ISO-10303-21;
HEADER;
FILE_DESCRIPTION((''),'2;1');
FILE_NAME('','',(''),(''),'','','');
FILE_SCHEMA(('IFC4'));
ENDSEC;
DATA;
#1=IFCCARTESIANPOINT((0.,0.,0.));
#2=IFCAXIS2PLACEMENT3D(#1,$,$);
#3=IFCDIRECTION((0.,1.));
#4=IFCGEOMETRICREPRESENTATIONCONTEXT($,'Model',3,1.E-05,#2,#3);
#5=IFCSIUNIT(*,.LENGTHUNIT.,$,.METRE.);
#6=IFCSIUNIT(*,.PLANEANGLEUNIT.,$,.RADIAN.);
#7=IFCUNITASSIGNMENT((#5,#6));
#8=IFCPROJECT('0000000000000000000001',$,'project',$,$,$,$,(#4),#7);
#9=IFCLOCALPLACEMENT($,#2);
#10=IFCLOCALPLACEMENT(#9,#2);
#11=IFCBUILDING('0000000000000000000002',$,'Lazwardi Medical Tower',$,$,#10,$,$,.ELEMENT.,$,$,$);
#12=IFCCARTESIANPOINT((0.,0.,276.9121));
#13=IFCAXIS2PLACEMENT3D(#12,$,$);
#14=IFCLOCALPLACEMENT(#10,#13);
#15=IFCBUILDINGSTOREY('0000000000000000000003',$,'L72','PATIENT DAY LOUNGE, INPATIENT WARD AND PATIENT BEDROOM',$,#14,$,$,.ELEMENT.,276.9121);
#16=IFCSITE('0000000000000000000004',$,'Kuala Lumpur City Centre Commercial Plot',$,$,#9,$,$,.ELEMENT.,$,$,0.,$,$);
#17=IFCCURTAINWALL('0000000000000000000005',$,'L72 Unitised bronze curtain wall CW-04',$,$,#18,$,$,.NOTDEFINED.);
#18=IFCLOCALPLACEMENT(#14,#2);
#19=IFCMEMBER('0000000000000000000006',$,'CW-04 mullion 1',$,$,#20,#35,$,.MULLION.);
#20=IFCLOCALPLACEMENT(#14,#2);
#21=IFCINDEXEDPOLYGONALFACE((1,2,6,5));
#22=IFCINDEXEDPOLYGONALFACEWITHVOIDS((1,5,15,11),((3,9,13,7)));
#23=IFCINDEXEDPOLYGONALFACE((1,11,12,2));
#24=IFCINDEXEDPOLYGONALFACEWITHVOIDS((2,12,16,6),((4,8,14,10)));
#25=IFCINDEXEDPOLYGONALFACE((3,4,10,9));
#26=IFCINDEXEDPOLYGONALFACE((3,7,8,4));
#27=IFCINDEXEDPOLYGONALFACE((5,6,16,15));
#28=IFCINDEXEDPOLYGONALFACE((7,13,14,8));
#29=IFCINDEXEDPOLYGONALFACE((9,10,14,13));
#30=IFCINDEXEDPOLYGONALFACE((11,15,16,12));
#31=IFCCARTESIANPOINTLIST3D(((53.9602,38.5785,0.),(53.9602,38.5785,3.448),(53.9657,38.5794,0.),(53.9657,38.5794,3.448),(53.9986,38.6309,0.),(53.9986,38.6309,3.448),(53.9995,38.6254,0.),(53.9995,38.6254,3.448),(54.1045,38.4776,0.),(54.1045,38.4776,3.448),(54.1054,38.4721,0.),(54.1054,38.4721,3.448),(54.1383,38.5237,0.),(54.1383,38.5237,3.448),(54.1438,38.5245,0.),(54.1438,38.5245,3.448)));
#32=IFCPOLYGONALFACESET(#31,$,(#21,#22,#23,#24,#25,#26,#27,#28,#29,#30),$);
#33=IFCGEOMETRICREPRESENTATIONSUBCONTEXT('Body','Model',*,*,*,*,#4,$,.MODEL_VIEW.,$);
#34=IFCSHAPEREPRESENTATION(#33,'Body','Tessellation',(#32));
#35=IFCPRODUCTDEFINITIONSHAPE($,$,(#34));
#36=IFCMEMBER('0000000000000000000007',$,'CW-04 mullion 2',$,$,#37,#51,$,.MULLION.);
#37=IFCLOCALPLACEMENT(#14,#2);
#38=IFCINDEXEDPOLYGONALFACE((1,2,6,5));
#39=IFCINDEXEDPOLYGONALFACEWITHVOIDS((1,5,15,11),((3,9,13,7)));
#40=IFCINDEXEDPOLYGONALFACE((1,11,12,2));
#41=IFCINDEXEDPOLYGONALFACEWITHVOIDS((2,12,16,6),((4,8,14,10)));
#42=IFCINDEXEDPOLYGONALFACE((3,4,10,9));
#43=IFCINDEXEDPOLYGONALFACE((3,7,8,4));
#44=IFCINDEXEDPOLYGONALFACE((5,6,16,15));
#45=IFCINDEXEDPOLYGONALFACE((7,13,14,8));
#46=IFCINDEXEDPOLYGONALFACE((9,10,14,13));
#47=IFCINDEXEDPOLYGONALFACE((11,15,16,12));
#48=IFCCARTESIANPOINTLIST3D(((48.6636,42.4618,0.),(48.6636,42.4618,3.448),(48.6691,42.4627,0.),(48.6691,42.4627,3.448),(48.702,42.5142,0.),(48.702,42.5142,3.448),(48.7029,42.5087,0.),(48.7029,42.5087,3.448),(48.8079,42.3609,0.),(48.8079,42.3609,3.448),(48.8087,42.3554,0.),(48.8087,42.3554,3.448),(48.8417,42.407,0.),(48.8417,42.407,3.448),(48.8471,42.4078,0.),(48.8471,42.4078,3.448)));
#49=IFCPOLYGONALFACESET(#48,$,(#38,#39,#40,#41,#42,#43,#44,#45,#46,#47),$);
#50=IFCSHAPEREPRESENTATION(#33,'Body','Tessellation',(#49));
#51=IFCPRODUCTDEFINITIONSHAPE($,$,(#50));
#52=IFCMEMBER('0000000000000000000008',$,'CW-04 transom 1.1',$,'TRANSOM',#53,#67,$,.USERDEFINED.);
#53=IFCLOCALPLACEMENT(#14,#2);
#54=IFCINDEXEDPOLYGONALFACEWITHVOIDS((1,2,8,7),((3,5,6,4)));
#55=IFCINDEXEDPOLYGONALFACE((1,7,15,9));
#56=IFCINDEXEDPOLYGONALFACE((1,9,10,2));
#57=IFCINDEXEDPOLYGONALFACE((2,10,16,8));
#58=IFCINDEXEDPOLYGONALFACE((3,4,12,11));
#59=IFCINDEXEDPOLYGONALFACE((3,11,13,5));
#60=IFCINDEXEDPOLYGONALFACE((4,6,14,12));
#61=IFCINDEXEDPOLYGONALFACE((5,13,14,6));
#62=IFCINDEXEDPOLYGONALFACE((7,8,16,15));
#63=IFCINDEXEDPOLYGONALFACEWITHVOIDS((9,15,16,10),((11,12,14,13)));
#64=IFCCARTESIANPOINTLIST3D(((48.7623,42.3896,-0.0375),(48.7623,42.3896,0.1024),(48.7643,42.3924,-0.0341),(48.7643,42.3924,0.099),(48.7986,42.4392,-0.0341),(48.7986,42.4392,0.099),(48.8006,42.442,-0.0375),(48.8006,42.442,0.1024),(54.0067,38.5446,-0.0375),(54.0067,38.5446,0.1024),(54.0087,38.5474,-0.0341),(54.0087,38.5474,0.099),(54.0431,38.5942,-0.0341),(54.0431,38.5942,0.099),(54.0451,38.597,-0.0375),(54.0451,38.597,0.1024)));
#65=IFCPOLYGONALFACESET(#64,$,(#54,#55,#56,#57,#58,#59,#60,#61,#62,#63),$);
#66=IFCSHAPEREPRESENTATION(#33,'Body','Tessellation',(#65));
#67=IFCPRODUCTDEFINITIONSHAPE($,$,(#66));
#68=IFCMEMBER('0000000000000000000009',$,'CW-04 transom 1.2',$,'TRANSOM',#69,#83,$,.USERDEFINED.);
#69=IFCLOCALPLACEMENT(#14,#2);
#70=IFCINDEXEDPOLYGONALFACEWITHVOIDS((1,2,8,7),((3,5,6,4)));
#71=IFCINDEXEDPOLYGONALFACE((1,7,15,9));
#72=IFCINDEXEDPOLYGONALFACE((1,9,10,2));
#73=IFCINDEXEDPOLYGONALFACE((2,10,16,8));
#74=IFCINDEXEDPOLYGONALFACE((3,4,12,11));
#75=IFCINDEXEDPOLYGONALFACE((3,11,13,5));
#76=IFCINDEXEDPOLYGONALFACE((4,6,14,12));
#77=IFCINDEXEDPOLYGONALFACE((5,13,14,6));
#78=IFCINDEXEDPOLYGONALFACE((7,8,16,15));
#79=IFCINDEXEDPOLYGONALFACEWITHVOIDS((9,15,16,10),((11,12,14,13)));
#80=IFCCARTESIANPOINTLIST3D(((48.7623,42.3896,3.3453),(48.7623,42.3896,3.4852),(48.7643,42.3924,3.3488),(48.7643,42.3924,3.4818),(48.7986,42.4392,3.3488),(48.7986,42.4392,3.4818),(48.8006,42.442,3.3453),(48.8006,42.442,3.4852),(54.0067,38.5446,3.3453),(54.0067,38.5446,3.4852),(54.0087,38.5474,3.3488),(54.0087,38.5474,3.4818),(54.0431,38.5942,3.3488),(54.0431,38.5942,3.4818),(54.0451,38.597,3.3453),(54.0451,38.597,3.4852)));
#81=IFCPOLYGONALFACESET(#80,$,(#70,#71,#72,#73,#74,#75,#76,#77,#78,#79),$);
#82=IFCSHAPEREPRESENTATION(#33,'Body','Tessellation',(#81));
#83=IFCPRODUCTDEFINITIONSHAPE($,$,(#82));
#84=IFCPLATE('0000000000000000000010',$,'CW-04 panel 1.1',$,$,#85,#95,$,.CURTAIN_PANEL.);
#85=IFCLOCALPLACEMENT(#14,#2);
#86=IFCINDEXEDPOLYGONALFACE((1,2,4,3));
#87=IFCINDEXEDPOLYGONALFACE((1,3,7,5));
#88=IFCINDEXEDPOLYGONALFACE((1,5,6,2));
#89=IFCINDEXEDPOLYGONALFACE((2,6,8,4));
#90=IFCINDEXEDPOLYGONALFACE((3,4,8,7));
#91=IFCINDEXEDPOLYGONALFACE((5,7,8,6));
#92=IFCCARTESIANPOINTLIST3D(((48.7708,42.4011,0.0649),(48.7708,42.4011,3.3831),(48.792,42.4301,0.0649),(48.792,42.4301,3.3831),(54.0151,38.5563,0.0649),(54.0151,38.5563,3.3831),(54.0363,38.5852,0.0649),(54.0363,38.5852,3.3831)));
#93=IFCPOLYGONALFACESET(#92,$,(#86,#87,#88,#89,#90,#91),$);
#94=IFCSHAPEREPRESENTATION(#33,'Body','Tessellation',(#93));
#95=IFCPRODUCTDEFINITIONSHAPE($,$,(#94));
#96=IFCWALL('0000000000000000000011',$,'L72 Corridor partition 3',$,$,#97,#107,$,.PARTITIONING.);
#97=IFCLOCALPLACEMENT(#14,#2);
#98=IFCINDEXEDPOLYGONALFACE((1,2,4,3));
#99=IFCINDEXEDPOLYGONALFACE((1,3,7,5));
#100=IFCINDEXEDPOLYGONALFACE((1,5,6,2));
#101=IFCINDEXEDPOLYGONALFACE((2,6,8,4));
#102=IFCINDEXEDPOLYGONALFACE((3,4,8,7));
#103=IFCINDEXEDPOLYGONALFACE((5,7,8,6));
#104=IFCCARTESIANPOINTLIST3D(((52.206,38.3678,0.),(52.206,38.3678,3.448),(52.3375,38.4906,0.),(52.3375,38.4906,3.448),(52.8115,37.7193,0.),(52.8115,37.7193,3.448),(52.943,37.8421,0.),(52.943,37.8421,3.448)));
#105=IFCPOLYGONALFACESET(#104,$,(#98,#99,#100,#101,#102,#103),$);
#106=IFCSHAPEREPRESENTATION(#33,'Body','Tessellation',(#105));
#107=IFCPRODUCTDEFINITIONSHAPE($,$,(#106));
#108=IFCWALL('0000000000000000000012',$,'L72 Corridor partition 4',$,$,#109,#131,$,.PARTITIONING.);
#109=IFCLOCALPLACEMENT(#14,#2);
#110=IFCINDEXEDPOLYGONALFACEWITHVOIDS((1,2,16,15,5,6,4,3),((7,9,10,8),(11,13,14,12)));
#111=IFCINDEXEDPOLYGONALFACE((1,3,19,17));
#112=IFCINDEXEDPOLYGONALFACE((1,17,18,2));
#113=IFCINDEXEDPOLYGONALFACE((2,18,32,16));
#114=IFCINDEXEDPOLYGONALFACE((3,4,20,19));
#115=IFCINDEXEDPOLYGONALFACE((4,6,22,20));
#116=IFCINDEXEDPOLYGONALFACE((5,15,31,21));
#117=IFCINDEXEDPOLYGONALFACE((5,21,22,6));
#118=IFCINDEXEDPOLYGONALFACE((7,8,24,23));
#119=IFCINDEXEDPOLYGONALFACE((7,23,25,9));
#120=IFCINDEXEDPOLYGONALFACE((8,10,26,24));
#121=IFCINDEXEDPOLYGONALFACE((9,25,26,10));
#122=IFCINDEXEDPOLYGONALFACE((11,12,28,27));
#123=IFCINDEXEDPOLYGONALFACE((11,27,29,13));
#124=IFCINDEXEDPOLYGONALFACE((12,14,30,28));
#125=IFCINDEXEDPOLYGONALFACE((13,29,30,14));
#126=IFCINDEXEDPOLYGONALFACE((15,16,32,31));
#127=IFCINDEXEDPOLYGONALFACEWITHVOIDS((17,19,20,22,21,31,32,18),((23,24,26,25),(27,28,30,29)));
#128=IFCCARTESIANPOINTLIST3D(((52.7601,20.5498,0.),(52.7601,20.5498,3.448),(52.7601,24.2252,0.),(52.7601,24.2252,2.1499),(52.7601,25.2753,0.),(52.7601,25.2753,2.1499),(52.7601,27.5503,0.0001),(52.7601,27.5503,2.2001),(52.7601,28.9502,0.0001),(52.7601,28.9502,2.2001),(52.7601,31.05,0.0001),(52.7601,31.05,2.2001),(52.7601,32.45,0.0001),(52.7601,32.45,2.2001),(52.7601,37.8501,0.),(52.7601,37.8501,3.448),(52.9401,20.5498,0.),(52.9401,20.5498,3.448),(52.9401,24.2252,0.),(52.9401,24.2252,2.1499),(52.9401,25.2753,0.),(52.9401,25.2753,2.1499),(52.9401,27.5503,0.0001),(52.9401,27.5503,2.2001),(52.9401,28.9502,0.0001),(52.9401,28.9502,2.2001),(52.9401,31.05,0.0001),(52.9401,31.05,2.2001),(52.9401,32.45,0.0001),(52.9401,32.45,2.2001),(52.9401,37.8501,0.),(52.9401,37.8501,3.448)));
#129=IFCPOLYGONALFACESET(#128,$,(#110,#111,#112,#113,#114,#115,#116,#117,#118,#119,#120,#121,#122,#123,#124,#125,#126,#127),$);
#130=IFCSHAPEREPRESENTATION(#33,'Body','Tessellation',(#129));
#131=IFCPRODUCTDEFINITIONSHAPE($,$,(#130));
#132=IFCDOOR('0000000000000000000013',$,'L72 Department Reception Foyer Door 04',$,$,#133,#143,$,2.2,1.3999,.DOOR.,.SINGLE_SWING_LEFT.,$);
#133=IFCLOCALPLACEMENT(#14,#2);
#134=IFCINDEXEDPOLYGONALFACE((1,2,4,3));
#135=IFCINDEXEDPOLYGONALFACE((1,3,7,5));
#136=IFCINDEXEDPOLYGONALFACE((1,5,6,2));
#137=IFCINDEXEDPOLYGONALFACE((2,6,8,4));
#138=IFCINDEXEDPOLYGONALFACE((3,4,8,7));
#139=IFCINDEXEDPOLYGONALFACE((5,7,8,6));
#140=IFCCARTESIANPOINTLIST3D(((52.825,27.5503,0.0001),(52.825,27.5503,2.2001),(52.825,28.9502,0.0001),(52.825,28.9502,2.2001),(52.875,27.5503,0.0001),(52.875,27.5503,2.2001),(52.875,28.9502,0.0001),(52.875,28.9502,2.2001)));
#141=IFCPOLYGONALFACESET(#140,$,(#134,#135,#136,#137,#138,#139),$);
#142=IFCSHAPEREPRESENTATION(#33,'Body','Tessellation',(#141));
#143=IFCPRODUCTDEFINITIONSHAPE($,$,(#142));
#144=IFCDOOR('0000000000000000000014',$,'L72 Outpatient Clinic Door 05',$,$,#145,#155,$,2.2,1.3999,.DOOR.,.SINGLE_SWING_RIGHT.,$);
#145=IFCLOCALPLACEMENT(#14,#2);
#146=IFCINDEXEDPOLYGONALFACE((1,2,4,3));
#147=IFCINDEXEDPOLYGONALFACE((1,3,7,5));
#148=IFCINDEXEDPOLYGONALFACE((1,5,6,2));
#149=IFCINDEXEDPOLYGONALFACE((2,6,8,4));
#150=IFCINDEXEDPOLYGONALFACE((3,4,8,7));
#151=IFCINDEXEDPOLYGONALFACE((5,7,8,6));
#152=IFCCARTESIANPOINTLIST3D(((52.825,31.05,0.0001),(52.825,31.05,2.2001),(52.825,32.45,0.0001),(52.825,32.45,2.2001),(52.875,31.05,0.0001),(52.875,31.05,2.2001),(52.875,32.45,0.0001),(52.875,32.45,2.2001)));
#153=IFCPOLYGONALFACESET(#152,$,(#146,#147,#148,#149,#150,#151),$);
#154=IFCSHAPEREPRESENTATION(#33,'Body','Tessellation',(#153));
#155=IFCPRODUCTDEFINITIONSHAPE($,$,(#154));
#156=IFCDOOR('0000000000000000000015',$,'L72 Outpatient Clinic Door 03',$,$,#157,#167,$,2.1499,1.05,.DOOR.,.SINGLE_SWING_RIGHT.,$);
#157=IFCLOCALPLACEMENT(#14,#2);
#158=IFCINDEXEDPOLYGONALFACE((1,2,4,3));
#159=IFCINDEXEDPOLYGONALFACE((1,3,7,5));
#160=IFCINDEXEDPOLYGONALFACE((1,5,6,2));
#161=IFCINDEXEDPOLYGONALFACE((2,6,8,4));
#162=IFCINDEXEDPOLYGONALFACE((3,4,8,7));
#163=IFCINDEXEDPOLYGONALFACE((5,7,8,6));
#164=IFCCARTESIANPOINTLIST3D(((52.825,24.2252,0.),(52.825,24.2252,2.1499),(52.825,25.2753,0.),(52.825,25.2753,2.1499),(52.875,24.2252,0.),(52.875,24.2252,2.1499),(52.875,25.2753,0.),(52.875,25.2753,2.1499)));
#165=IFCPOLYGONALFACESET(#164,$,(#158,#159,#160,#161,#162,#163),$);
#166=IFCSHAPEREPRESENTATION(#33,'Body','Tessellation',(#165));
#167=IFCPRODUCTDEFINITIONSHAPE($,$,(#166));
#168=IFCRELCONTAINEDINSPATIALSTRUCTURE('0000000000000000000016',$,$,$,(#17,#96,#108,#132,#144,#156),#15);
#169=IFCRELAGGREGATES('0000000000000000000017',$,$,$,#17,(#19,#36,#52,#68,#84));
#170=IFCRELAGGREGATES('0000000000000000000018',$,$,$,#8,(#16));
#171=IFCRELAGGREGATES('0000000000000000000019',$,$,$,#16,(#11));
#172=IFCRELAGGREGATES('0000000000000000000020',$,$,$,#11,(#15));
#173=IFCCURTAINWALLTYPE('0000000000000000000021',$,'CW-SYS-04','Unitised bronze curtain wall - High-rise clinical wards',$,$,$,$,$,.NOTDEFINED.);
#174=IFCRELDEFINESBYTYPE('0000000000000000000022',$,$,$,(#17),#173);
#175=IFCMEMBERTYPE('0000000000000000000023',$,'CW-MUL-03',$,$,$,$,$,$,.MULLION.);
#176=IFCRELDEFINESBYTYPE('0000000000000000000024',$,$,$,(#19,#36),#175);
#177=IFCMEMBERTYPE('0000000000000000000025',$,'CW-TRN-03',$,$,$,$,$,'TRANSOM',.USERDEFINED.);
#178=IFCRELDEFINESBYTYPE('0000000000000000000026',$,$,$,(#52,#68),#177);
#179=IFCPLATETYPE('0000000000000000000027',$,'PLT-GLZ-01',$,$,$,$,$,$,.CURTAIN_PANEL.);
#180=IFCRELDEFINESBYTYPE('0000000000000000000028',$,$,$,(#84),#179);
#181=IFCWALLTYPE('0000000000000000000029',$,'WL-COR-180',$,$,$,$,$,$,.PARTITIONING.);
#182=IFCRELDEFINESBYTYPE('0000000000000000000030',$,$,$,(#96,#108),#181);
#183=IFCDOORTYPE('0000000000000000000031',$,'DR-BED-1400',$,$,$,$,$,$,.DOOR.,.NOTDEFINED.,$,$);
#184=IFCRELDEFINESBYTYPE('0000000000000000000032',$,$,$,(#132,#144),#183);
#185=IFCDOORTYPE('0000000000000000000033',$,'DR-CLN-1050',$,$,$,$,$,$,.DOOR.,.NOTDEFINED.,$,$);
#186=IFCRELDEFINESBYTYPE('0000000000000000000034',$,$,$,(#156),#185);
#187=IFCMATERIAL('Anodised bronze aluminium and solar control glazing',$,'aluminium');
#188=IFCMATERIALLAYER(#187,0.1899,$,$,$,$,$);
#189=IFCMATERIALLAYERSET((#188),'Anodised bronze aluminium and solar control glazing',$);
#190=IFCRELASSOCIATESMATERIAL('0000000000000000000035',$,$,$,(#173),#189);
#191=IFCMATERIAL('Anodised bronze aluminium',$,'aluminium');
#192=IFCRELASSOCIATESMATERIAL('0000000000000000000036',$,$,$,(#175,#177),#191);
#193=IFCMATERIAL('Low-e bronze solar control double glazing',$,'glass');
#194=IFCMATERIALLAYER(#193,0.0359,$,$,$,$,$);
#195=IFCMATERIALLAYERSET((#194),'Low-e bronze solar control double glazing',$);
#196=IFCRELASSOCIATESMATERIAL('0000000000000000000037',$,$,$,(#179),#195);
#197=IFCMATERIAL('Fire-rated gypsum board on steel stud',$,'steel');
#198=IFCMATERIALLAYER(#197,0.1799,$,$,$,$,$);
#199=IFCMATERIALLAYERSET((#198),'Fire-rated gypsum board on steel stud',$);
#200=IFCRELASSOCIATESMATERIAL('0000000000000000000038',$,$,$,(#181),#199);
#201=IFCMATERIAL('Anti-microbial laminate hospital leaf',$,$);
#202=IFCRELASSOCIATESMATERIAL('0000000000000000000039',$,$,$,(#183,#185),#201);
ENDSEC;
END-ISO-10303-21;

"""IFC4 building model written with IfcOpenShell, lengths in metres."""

from ifc_helpers import new_model, si_unit, direction, frame, frame_2d, origin, origin_2d, place, context, subcontext, project, spatial, rectangle, hollow_rectangle, extrude, material, layer, layer_set, material_profile, profile_set, type_object, element, fill, aggregate, save


model = new_model("IFC4")

# Units and contexts
model_context = context("Model", 3, precision=1e-05, world=origin(), true_north=direction((0.0, 1.0)))
body_context = subcontext(model_context, "Body", "Model", "MODEL_VIEW")
ifc_project = project(units=[si_unit("LENGTHUNIT", "METRE"), si_unit("PLANEANGLEUNIT", "RADIAN")], contexts=[model_context])

# Site, building, storey
site_placement = place(None, origin())
site = spatial("IfcSite", under=ifc_project, at=site_placement, Name="Kuala Lumpur City Centre Commercial Plot", CompositionType="ELEMENT", RefElevation=0.0)
building_placement = place(site_placement, origin())
building = spatial("IfcBuilding", under=site, at=building_placement, Name="Lazwardi Medical Tower", CompositionType="ELEMENT")
storey_placement = place(building_placement, frame((0.0, 0.0, 276.9121)))
storey = spatial("IfcBuildingStorey", under=building, at=storey_placement, Name="L72", Description="PATIENT DAY LOUNGE, INPATIENT WARD AND PATIENT BEDROOM", CompositionType="ELEMENT", Elevation=276.9121)

# Shared definitions
ifc_material_1 = material(Name="Anodised bronze aluminium and solar control glazing", Category="aluminium")
ifc_layer_1 = layer(ifc_material_1, 0.1899)
ifc_layer_set_1 = layer_set([ifc_layer_1], Name="Anodised bronze aluminium and solar control glazing")
curtain_wall_type = type_object("IfcCurtainWallType", Name="CW-SYS-04", Description="Unitised bronze curtain wall - High-rise clinical wards", PredefinedType="NOTDEFINED", material=ifc_layer_set_1)
ifc_material_2 = material(Name="Anodised bronze aluminium", Category="aluminium")
ifc_material_profile_1 = material_profile(ifc_material_2, hollow_rectangle(XDim=0.0649, YDim=0.1799, WallThickness=0.0039, at=origin_2d()), Name="ALU-MULLION 180x65x4")
ifc_profile_set_1 = profile_set([ifc_material_profile_1], Name="Anodised bronze aluminium")
member_type_1 = type_object("IfcMemberType", Name="CW-MUL-03", PredefinedType="MULLION", material=ifc_profile_set_1)

# Curtain wall, members, plate
curtain_wall_1_placement = place(storey_placement, origin())
curtain_wall_1 = element("IfcCurtainWall", 1, at=curtain_wall_1_placement, inside=storey, type_object=curtain_wall_type, Name="L72 Unitised bronze curtain wall CW-04", PredefinedType="NOTDEFINED")
member_1_placement = place(storey_placement, frame((54.052, 38.5515, 0.0), z_axis=(0.0, 0.0, 1.0), x_axis=(-0.591268, -0.806475, 0.0)))
member_1 = element("IfcMember", 2, at=member_1_placement, type_object=member_type_1, Name="CW-04 mullion 1", PredefinedType="MULLION", context=body_context, shape_type="SweptSolid", body=[
    extrude(hollow_rectangle(XDim=0.0649, YDim=0.1799, WallThickness=0.0039, at=origin_2d()), origin(), (0.0, 0.0, 1.0), 3.448),
])
member_2_placement = place(storey_placement, frame((48.7554, 42.4348, 0.0), z_axis=(0.0, 0.0, 1.0), x_axis=(-0.591268, -0.806475, 0.0)))
member_2 = element("IfcMember", 3, at=member_2_placement, type_object=member_type_1, Name="CW-04 mullion 2", PredefinedType="MULLION", context=body_context, shape_type="SweptSolid", body=[
    extrude(hollow_rectangle(XDim=0.0649, YDim=0.1799, WallThickness=0.0039, at=origin_2d()), origin(), (0.0, 0.0, 1.0), 3.448),
])
ifc_material_profile_2 = material_profile(ifc_material_2, hollow_rectangle(XDim=0.0649, YDim=0.1399, WallThickness=0.0034, at=origin_2d()), Name="ALU-TRANSOM 140x65x3.5")
ifc_profile_set_2 = profile_set([ifc_material_profile_2], Name="Anodised bronze aluminium")
member_type_2 = type_object("IfcMemberType", Name="CW-TRN-03", ElementType="TRANSOM", PredefinedType="USERDEFINED", material=ifc_profile_set_2)
member_3_placement = place(storey_placement, frame((54.0259, 38.5708, 0.0325), z_axis=(-0.806472, 0.591273, 0.0), x_axis=(-0.591273, -0.806472, 0.0)))
member_3 = element("IfcMember", 4, at=member_3_placement, type_object=member_type_2, Name="CW-04 transom 1.1", ObjectType="TRANSOM", PredefinedType="USERDEFINED", context=body_context, shape_type="SweptSolid", body=[
    extrude(hollow_rectangle(XDim=0.0649, YDim=0.1399, WallThickness=0.0034, at=origin_2d()), origin(), (0.0, 0.0, 1.0), 6.5029),
])
member_4_placement = place(storey_placement, frame((54.0259, 38.5708, 3.4153), z_axis=(-0.806472, 0.591273, 0.0), x_axis=(-0.591273, -0.806472, 0.0)))
member_4 = element("IfcMember", 5, at=member_4_placement, type_object=member_type_2, Name="CW-04 transom 1.2", ObjectType="TRANSOM", PredefinedType="USERDEFINED", context=body_context, shape_type="SweptSolid", body=[
    extrude(hollow_rectangle(XDim=0.0649, YDim=0.1399, WallThickness=0.0034, at=origin_2d()), origin(), (0.0, 0.0, 1.0), 6.5029),
])
ifc_material_3 = material(Name="Low-e bronze solar control double glazing", Category="glass")
ifc_layer_2 = layer(ifc_material_3, 0.0359)
ifc_layer_set_2 = layer_set([ifc_layer_2], Name="Low-e bronze solar control double glazing")
plate_type = type_object("IfcPlateType", Name="PLT-GLZ-01", PredefinedType="CURTAIN_PANEL", material=ifc_layer_set_2)
plate_placement = place(storey_placement, frame((51.4036, 40.4932, 0.0649), z_axis=(0.0, 0.0, 1.0), x_axis=(-0.806475, 0.591268, 0.0)))
plate = element("IfcPlate", 6, at=plate_placement, type_object=plate_type, Name="CW-04 panel 1.1", PredefinedType="CURTAIN_PANEL", context=body_context, shape_type="SweptSolid", body=[
    extrude(rectangle(XDim=6.5027, YDim=0.0359, at=origin_2d()), origin(), (0.0, 0.0, 1.0), 3.3181),
])
aggregate(curtain_wall_1, [member_1, member_2, member_3, member_4, plate])

# Wall
ifc_material_4 = material(Name="Fire-rated gypsum board on steel stud", Category="steel")
ifc_layer_3 = layer(ifc_material_4, 0.1799)
ifc_layer_set_3 = layer_set([ifc_layer_3], Name="Fire-rated gypsum board on steel stud")
wall_type = type_object("IfcWallType", Name="WL-COR-180", PredefinedType="PARTITIONING", material=ifc_layer_set_3)
wall_1_placement = place(storey_placement, frame((52.2717, 38.4292, 0.0), z_axis=(0.0, 0.0, 1.0), x_axis=(0.682475, -0.730909, 0.0)))
element("IfcWall", 7, at=wall_1_placement, inside=storey, type_object=wall_type, Name="L72 Corridor partition 3", PredefinedType="PARTITIONING", context=body_context, shape_type="SweptSolid", body=[
    extrude(rectangle(XDim=0.8872, YDim=0.1799, at=frame_2d((0.4436, 0.0))), origin(), (0.0, 0.0, 1.0), 3.448),
])

# Wall, openings, doors
wall_2_placement = place(storey_placement, frame((52.8501, 37.8501, 0.0), z_axis=(0.0, 0.0, 1.0), x_axis=(0.0, -1.0, 0.0)))
wall_2 = element("IfcWall", 8, at=wall_2_placement, inside=storey, type_object=wall_type, Name="L72 Corridor partition 4", PredefinedType="PARTITIONING", context=body_context, shape_type="SweptSolid", body=[
    extrude(rectangle(XDim=17.3003, YDim=0.1799, at=frame_2d((8.6501, 0.0))), origin(), (0.0, 0.0, 1.0), 3.448),
])
opening_1_placement = place(wall_2_placement, frame((12.575, 0.0, 0.0)))
opening_1 = element("IfcOpeningElement", 9, at=opening_1_placement, cuts=wall_2, PredefinedType="OPENING", context=body_context, shape_type="SweptSolid", body=[
    extrude(rectangle(XDim=1.05, YDim=2.1499, at=frame_2d((0.5249, 1.075))), frame((0.0, 0.0999, 0.0), z_axis=(0.0, -1.0, 0.0), x_axis=(1.0, 0.0, 0.0)), (0.0, 0.0, 1.0), 0.2),
])
opening_2_placement = place(wall_2_placement, frame((8.8999, 0.0, 0.0)))
opening_2 = element("IfcOpeningElement", 10, at=opening_2_placement, cuts=wall_2, PredefinedType="OPENING", context=body_context, shape_type="SweptSolid", body=[
    extrude(rectangle(XDim=1.3999, YDim=2.2, at=frame_2d((0.7, 1.1001))), frame((0.0, 0.0999, 0.0), z_axis=(0.0, -1.0, 0.0), x_axis=(1.0, 0.0, 0.0)), (0.0, 0.0, 1.0), 0.2),
])
opening_3_placement = place(wall_2_placement, frame((5.4001, 0.0, 0.0)))
opening_3 = element("IfcOpeningElement", 11, at=opening_3_placement, cuts=wall_2, PredefinedType="OPENING", context=body_context, shape_type="SweptSolid", body=[
    extrude(rectangle(XDim=1.3999, YDim=2.2, at=frame_2d((0.7, 1.1001))), frame((0.0, 0.0999, 0.0), z_axis=(0.0, -1.0, 0.0), x_axis=(1.0, 0.0, 0.0)), (0.0, 0.0, 1.0), 0.2),
])
ifc_material_5 = material(Name="Anti-microbial laminate hospital leaf")
door_type_1 = type_object("IfcDoorType", Name="DR-BED-1400", OperationType="NOTDEFINED", PredefinedType="DOOR", material=ifc_material_5)
door_1_placement = place(opening_2_placement, origin())
door_1 = element("IfcDoor", 12, at=door_1_placement, inside=storey, type_object=door_type_1, Name="L72 Department Reception Foyer Door 04", OperationType="SINGLE_SWING_LEFT", OverallHeight=2.2, OverallWidth=1.3999, PredefinedType="DOOR", context=body_context, shape_type="SweptSolid", body=[
    extrude(rectangle(XDim=1.3999, YDim=2.2, at=frame_2d((0.7, 1.1001))), frame((0.0, 0.0249, 0.0), z_axis=(0.0, -1.0, 0.0), x_axis=(1.0, 0.0, 0.0)), (0.0, 0.0, 1.0), 0.05),
])
fill(opening_2, door_1)
door_2_placement = place(opening_3_placement, origin())
door_2 = element("IfcDoor", 13, at=door_2_placement, inside=storey, type_object=door_type_1, Name="L72 Outpatient Clinic Door 05", OperationType="SINGLE_SWING_RIGHT", OverallHeight=2.2, OverallWidth=1.3999, PredefinedType="DOOR", context=body_context, shape_type="SweptSolid", body=[
    extrude(rectangle(XDim=1.3999, YDim=2.2, at=frame_2d((0.7, 1.1001))), frame((0.0, 0.0249, 0.0), z_axis=(0.0, -1.0, 0.0), x_axis=(1.0, 0.0, 0.0)), (0.0, 0.0, 1.0), 0.05),
])
fill(opening_3, door_2)
door_type_2 = type_object("IfcDoorType", Name="DR-CLN-1050", OperationType="NOTDEFINED", PredefinedType="DOOR", material=ifc_material_5)
door_3_placement = place(opening_1_placement, origin())
door_3 = element("IfcDoor", 14, at=door_3_placement, inside=storey, type_object=door_type_2, Name="L72 Outpatient Clinic Door 03", OperationType="SINGLE_SWING_RIGHT", OverallHeight=2.1499, OverallWidth=1.05, PredefinedType="DOOR", context=body_context, shape_type="SweptSolid", body=[
    extrude(rectangle(XDim=1.05, YDim=2.1499, at=frame_2d((0.5249, 1.075))), frame((0.0, 0.0249, 0.0), z_axis=(0.0, -1.0, 0.0), x_axis=(1.0, 0.0, 0.0)), (0.0, 0.0, 1.0), 0.05),
])
fill(opening_1, door_3)

save(model, "model.ifc")
